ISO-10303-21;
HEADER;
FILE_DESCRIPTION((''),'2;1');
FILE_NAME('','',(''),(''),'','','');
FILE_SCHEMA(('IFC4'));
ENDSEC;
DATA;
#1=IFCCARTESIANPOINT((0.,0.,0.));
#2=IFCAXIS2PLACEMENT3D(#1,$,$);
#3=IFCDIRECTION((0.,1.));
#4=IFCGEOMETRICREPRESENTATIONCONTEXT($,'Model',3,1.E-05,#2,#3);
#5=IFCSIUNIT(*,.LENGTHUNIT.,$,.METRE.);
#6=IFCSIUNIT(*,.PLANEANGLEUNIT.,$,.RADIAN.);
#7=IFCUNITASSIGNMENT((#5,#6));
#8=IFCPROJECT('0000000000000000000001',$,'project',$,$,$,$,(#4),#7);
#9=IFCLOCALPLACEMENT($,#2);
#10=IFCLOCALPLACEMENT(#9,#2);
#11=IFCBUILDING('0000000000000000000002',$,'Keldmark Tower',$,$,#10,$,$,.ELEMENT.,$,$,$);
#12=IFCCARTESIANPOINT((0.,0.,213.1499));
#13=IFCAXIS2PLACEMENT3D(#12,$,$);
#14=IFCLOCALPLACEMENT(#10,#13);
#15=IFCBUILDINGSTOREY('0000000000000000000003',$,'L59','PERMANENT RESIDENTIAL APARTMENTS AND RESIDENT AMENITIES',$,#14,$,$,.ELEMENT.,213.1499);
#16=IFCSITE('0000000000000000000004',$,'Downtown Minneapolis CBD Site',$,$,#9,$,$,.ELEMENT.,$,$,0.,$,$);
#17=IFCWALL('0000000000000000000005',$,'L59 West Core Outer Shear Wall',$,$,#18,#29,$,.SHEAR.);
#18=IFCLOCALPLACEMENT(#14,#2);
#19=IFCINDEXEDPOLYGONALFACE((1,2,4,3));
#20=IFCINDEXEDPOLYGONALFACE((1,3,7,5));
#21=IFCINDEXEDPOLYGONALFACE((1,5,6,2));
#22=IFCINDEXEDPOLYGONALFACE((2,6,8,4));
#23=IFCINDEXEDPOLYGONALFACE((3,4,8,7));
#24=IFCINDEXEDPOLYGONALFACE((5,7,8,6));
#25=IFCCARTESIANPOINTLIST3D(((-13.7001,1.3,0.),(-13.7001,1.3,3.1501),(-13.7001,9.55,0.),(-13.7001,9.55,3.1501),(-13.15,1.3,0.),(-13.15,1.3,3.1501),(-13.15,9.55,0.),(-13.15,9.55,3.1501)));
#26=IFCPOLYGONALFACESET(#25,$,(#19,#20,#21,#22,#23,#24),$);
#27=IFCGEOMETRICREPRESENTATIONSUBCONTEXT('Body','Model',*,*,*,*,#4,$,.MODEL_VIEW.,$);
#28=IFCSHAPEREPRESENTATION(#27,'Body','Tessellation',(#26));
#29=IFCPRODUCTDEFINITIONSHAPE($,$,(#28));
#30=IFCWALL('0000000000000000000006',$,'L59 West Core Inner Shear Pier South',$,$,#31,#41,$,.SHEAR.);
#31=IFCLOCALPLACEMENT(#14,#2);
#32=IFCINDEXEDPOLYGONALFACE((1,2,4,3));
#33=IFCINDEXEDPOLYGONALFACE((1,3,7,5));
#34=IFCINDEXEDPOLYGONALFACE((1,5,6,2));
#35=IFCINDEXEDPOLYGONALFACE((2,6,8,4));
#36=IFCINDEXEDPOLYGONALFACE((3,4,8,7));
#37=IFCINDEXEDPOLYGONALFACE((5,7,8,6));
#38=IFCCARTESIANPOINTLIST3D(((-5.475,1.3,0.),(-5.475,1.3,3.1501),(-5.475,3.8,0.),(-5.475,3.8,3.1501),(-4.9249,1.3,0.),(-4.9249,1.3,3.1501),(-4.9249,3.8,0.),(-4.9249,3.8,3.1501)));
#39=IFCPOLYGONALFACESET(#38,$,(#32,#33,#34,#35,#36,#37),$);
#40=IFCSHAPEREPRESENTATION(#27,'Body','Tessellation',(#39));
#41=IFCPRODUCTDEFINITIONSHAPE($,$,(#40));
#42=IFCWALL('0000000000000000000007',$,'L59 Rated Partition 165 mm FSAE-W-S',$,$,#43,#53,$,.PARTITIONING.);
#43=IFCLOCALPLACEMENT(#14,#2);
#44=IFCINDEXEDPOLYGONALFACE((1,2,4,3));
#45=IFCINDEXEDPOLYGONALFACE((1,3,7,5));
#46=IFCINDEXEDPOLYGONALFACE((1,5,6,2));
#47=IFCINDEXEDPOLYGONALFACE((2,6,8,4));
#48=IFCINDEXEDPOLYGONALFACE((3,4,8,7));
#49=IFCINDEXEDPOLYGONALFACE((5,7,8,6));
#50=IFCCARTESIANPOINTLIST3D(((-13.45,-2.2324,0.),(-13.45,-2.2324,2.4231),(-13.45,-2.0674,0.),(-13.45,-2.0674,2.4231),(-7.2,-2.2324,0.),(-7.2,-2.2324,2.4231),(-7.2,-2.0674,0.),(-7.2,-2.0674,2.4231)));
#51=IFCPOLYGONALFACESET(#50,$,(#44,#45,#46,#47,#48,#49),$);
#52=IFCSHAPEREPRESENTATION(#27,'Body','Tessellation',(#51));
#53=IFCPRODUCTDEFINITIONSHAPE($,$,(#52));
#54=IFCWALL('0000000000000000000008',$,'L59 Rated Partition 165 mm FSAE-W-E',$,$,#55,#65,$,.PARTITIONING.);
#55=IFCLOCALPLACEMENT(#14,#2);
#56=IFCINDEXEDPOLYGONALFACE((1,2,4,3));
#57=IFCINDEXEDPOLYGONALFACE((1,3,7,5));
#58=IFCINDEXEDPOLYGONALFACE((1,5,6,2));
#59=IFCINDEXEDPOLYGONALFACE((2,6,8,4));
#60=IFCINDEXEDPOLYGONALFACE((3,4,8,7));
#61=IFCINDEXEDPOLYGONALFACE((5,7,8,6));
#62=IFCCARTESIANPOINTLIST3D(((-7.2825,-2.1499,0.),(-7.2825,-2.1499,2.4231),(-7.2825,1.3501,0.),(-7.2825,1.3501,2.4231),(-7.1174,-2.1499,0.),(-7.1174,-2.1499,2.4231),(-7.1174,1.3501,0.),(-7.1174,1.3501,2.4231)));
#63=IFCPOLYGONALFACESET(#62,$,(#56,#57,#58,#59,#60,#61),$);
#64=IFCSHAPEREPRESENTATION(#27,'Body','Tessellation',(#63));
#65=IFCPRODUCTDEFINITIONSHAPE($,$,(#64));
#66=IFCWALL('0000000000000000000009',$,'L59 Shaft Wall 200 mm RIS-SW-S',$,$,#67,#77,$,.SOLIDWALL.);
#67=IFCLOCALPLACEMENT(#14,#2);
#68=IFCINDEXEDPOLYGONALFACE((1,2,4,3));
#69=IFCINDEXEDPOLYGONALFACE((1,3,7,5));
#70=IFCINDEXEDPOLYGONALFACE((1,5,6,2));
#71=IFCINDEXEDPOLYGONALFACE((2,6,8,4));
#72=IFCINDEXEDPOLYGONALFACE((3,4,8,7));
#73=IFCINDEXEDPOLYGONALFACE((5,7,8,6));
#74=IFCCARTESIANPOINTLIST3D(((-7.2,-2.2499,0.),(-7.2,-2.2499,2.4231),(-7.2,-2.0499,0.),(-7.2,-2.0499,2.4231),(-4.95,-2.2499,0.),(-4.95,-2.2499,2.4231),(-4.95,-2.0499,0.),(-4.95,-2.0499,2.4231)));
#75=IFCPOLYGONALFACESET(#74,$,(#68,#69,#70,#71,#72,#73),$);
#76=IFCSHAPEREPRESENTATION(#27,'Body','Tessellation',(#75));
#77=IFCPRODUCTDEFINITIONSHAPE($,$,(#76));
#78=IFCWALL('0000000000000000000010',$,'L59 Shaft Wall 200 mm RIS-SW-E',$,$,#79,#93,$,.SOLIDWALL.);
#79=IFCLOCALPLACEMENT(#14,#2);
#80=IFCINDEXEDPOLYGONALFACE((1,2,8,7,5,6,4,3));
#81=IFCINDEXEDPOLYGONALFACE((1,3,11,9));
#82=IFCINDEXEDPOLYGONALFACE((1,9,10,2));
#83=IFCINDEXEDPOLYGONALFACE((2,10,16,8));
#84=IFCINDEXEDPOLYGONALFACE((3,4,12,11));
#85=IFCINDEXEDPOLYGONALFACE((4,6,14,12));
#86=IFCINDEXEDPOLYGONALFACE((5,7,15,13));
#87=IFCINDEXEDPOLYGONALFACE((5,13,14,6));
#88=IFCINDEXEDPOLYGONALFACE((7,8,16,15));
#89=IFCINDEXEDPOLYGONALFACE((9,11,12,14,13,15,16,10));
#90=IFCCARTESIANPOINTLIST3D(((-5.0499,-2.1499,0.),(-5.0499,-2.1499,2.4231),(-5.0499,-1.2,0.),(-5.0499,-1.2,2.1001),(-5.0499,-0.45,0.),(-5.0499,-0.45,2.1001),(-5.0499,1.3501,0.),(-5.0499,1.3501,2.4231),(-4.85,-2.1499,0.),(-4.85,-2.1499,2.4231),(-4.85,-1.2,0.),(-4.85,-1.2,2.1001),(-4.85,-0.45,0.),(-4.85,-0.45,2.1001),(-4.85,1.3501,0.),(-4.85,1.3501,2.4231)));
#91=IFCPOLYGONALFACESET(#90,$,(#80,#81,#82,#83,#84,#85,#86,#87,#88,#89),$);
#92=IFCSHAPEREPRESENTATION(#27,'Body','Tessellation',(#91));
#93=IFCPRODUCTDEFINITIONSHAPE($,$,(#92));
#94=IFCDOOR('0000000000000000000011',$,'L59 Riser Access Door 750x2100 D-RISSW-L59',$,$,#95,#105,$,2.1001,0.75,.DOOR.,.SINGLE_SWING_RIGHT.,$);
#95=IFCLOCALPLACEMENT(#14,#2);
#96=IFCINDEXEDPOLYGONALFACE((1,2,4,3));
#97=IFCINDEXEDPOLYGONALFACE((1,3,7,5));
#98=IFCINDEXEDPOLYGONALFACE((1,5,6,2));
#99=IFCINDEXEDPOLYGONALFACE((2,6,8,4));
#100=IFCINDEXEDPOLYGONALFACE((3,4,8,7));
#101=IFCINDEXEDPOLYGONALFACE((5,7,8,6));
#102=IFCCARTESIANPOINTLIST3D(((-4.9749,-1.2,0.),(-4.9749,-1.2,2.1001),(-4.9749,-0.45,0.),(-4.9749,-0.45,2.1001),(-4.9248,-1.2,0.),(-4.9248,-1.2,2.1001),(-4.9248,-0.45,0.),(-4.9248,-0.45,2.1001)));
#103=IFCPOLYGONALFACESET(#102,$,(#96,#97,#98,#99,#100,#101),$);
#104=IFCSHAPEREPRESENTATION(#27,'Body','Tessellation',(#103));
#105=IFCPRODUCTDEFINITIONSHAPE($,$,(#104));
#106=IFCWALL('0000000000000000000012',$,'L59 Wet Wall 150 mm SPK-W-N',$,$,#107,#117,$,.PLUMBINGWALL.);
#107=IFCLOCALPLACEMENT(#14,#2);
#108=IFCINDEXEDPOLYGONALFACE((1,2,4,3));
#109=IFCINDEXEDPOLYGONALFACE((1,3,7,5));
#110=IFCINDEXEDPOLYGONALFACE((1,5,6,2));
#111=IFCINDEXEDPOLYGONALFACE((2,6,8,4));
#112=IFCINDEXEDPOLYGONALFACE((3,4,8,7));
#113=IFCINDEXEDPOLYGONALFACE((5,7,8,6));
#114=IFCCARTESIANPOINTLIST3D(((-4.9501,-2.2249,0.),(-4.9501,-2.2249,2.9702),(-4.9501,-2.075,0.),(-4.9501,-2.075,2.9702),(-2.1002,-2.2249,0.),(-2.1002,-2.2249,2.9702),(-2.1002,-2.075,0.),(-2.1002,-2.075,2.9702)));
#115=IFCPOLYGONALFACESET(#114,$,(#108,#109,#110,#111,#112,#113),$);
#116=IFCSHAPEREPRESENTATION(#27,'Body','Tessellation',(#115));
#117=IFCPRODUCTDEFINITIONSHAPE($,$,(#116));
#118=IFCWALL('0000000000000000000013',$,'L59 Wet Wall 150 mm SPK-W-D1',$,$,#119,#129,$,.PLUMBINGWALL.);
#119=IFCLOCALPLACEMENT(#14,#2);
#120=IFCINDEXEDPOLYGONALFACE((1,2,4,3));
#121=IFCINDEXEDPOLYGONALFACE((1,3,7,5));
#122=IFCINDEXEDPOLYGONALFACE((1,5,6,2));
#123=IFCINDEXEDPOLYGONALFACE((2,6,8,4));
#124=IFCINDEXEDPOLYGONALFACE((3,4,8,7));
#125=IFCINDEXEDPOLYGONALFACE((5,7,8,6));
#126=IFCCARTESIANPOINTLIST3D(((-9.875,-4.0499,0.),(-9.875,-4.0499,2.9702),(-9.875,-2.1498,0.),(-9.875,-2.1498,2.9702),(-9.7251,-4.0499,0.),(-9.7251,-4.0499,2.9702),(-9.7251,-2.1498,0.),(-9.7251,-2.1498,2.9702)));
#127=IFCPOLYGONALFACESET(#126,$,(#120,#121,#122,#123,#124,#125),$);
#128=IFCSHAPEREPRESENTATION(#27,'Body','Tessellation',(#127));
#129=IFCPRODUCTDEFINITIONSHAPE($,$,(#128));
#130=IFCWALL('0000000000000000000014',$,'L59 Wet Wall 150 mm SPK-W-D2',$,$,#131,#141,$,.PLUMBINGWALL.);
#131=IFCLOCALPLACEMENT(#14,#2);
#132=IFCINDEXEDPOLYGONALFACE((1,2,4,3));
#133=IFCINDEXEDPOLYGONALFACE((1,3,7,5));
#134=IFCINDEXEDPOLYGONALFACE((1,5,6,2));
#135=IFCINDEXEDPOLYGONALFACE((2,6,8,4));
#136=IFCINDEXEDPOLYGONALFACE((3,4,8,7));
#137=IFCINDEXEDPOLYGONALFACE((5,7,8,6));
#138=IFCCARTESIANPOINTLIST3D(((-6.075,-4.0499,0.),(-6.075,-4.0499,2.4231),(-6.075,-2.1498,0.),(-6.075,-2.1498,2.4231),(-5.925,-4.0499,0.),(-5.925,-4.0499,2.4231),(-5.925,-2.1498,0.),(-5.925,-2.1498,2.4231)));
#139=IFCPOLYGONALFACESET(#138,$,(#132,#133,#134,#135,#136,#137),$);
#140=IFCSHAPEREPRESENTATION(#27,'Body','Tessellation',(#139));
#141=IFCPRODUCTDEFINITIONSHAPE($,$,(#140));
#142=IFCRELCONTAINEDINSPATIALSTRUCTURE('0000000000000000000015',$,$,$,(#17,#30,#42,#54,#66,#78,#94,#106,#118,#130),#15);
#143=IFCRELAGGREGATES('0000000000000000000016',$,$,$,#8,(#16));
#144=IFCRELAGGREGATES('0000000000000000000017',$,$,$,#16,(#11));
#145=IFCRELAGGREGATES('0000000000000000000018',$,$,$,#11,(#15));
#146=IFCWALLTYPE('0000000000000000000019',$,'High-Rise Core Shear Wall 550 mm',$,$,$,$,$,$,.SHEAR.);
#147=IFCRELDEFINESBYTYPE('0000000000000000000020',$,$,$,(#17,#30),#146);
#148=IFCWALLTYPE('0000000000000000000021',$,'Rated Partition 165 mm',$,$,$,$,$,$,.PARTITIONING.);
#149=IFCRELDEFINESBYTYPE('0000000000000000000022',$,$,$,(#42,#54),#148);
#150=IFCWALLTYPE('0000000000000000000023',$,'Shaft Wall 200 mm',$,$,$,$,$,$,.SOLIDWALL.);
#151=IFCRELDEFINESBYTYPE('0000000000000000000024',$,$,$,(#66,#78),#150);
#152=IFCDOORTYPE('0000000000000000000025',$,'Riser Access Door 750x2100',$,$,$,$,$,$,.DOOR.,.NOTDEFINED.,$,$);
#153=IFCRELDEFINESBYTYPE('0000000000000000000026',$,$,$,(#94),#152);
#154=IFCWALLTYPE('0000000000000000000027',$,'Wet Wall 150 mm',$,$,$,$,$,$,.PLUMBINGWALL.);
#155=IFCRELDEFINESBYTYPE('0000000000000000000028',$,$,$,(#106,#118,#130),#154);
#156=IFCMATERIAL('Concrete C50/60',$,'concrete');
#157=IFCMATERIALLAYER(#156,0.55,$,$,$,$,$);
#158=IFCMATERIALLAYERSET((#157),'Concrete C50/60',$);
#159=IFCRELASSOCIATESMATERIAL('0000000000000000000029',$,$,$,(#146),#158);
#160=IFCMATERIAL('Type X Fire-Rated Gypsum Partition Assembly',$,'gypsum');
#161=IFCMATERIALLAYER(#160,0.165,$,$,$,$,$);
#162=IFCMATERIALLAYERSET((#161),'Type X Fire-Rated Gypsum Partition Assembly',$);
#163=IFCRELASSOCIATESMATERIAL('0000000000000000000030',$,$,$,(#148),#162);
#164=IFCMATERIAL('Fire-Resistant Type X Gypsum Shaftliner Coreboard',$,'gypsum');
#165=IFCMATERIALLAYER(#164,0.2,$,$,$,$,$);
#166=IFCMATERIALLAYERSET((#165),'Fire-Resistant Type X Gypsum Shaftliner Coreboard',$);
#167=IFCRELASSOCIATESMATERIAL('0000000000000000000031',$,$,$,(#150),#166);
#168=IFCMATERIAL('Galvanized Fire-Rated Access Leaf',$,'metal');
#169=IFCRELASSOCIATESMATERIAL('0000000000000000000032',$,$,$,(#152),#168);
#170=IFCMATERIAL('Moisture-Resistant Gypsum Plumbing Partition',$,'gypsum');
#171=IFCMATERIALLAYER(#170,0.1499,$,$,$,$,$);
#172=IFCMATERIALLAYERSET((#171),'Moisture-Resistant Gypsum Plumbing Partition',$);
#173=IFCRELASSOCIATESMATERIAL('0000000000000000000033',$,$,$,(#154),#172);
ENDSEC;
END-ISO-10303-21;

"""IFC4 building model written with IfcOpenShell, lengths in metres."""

from ifc_helpers import new_model, si_unit, direction, frame, frame_2d, origin, place, context, subcontext, project, spatial, rectangle, extrude, material, layer, layer_set, type_object, element, fill, save


model = new_model("IFC4")

# Units and contexts
model_context = context("Model", 3, precision=1e-05, world=origin(), true_north=direction((0.0, 1.0)))
body_context = subcontext(model_context, "Body", "Model", "MODEL_VIEW")
ifc_project = project(units=[si_unit("LENGTHUNIT", "METRE"), si_unit("PLANEANGLEUNIT", "RADIAN")], contexts=[model_context])

# Site, building, storey
site_placement = place(None, origin())
site = spatial("IfcSite", under=ifc_project, at=site_placement, Name="Downtown Minneapolis CBD Site", CompositionType="ELEMENT", RefElevation=0.0)
building_placement = place(site_placement, origin())
building = spatial("IfcBuilding", under=site, at=building_placement, Name="Keldmark Tower", CompositionType="ELEMENT")
storey_placement = place(building_placement, frame((0.0, 0.0, 213.1499)))
storey = spatial("IfcBuildingStorey", under=building, at=storey_placement, Name="L59", Description="PERMANENT RESIDENTIAL APARTMENTS AND RESIDENT AMENITIES", CompositionType="ELEMENT", Elevation=213.1499)

# Walls
ifc_material_1 = material(Name="Concrete C50/60", Category="concrete")
ifc_layer_1 = layer(ifc_material_1, 0.55)
ifc_layer_set_1 = layer_set([ifc_layer_1], Name="Concrete C50/60")
wall_type_1 = type_object("IfcWallType", Name="High-Rise Core Shear Wall 550 mm", PredefinedType="SHEAR", material=ifc_layer_set_1)
wall_1_placement = place(storey_placement, frame((-13.425, 1.3, 0.0), z_axis=(0.0, 0.0, 1.0), x_axis=(0.0, 1.0, 0.0)))
element("IfcWall", 1, at=wall_1_placement, inside=storey, type_object=wall_type_1, Name="L59 West Core Outer Shear Wall", PredefinedType="SHEAR", context=body_context, shape_type="SweptSolid", body=[
    extrude(rectangle(XDim=8.25, YDim=0.55, at=frame_2d((4.125, 0.0))), origin(), (0.0, 0.0, 1.0), 3.1501),
])
wall_2_placement = place(storey_placement, frame((-5.2, 1.3, 0.0), z_axis=(0.0, 0.0, 1.0), x_axis=(0.0, 1.0, 0.0)))
element("IfcWall", 2, at=wall_2_placement, inside=storey, type_object=wall_type_1, Name="L59 West Core Inner Shear Pier South", PredefinedType="SHEAR", context=body_context, shape_type="SweptSolid", body=[
    extrude(rectangle(XDim=2.5, YDim=0.55, at=frame_2d((1.25, 0.0))), origin(), (0.0, 0.0, 1.0), 3.1501),
])
ifc_material_2 = material(Name="Type X Fire-Rated Gypsum Partition Assembly", Category="gypsum")
ifc_layer_2 = layer(ifc_material_2, 0.165)
ifc_layer_set_2 = layer_set([ifc_layer_2], Name="Type X Fire-Rated Gypsum Partition Assembly")
wall_type_2 = type_object("IfcWallType", Name="Rated Partition 165 mm", PredefinedType="PARTITIONING", material=ifc_layer_set_2)
wall_3_placement = place(storey_placement, frame((-13.45, -2.1499, 0.0), z_axis=(0.0, 0.0, 1.0), x_axis=(1.0, 0.0, 0.0)))
element("IfcWall", 3, at=wall_3_placement, inside=storey, type_object=wall_type_2, Name="L59 Rated Partition 165 mm FSAE-W-S", PredefinedType="PARTITIONING", context=body_context, shape_type="SweptSolid", body=[
    extrude(rectangle(XDim=6.25, YDim=0.165, at=frame_2d((3.125, 0.0))), origin(), (0.0, 0.0, 1.0), 2.4231),
])

# Walls
wall_4_placement = place(storey_placement, frame((-7.2, -2.1499, 0.0), z_axis=(0.0, 0.0, 1.0), x_axis=(0.0, 1.0, 0.0)))
element("IfcWall", 4, at=wall_4_placement, inside=storey, type_object=wall_type_2, Name="L59 Rated Partition 165 mm FSAE-W-E", PredefinedType="PARTITIONING", context=body_context, shape_type="SweptSolid", body=[
    extrude(rectangle(XDim=3.5, YDim=0.165, at=frame_2d((1.75, 0.0))), origin(), (0.0, 0.0, 1.0), 2.4231),
])
ifc_material_3 = material(Name="Fire-Resistant Type X Gypsum Shaftliner Coreboard", Category="gypsum")
ifc_layer_3 = layer(ifc_material_3, 0.2)
ifc_layer_set_3 = layer_set([ifc_layer_3], Name="Fire-Resistant Type X Gypsum Shaftliner Coreboard")
wall_type_3 = type_object("IfcWallType", Name="Shaft Wall 200 mm", PredefinedType="SOLIDWALL", material=ifc_layer_set_3)
wall_5_placement = place(storey_placement, frame((-7.2, -2.1499, 0.0), z_axis=(0.0, 0.0, 1.0), x_axis=(1.0, 0.0, 0.0)))
element("IfcWall", 5, at=wall_5_placement, inside=storey, type_object=wall_type_3, Name="L59 Shaft Wall 200 mm RIS-SW-S", PredefinedType="SOLIDWALL", context=body_context, shape_type="SweptSolid", body=[
    extrude(rectangle(XDim=2.25, YDim=0.2, at=frame_2d((1.125, 0.0))), origin(), (0.0, 0.0, 1.0), 2.4231),
])

# Wall, opening, door
wall_6_placement = place(storey_placement, frame((-4.95, -2.1499, 0.0), z_axis=(0.0, 0.0, 1.0), x_axis=(0.0, 1.0, 0.0)))
wall_6 = element("IfcWall", 6, at=wall_6_placement, inside=storey, type_object=wall_type_3, Name="L59 Shaft Wall 200 mm RIS-SW-E", PredefinedType="SOLIDWALL", context=body_context, shape_type="SweptSolid", body=[
    extrude(rectangle(XDim=3.5, YDim=0.2, at=frame_2d((1.75, 0.0))), origin(), (0.0, 0.0, 1.0), 2.4231),
])
opening_1_placement = place(wall_6_placement, frame((0.95, 0.0, 0.0)))
opening_1 = element("IfcOpeningElement", 7, at=opening_1_placement, cuts=wall_6, PredefinedType="OPENING", context=body_context, shape_type="SweptSolid", body=[
    extrude(rectangle(XDim=0.75, YDim=2.1001, at=frame_2d((0.375, 1.05))), frame((0.0, 0.1099, 0.0), z_axis=(0.0, -1.0, 0.0), x_axis=(1.0, 0.0, 0.0)), (0.0, 0.0, 1.0), 0.22),
])
ifc_material_4 = material(Name="Galvanized Fire-Rated Access Leaf", Category="metal")
door_type_1 = type_object("IfcDoorType", Name="Riser Access Door 750x2100", OperationType="NOTDEFINED", PredefinedType="DOOR", material=ifc_material_4)
door_1_placement = place(opening_1_placement, origin())
door_1 = element("IfcDoor", 8, at=door_1_placement, inside=storey, type_object=door_type_1, Name="L59 Riser Access Door 750x2100 D-RISSW-L59", OperationType="SINGLE_SWING_RIGHT", OverallHeight=2.1001, OverallWidth=0.75, PredefinedType="DOOR", context=body_context, shape_type="SweptSolid", body=[
    extrude(rectangle(XDim=0.75, YDim=2.1001, at=frame_2d((0.375, 1.05))), frame((0.0, 0.0249, 0.0), z_axis=(0.0, -1.0, 0.0), x_axis=(1.0, 0.0, 0.0)), (0.0, 0.0, 1.0), 0.05),
])
fill(opening_1, door_1)

# Walls
ifc_material_5 = material(Name="Moisture-Resistant Gypsum Plumbing Partition", Category="gypsum")
ifc_layer_4 = layer(ifc_material_5, 0.1499)
ifc_layer_set_4 = layer_set([ifc_layer_4], Name="Moisture-Resistant Gypsum Plumbing Partition")
wall_type_4 = type_object("IfcWallType", Name="Wet Wall 150 mm", PredefinedType="PLUMBINGWALL", material=ifc_layer_set_4)
wall_7_placement = place(storey_placement, frame((-4.95, -2.1499, 0.0), z_axis=(0.0, 0.0, 1.0), x_axis=(1.0, 0.0, 0.0)))
element("IfcWall", 9, at=wall_7_placement, inside=storey, type_object=wall_type_4, Name="L59 Wet Wall 150 mm SPK-W-N", PredefinedType="PLUMBINGWALL", context=body_context, shape_type="SweptSolid", body=[
    extrude(rectangle(XDim=2.8499, YDim=0.1499, at=frame_2d((1.4248, 0.0))), origin(), (0.0, 0.0, 1.0), 2.9702),
])
wall_8_placement = place(storey_placement, frame((-9.8, -4.05, 0.0), z_axis=(0.0, 0.0, 1.0), x_axis=(0.0, 1.0, 0.0)))
element("IfcWall", 10, at=wall_8_placement, inside=storey, type_object=wall_type_4, Name="L59 Wet Wall 150 mm SPK-W-D1", PredefinedType="PLUMBINGWALL", context=body_context, shape_type="SweptSolid", body=[
    extrude(rectangle(XDim=1.9001, YDim=0.1499, at=frame_2d((0.9502, 0.0))), origin(), (0.0, 0.0, 1.0), 2.9702),
])
wall_9_placement = place(storey_placement, frame((-6.0, -4.05, 0.0), z_axis=(0.0, 0.0, 1.0), x_axis=(0.0, 1.0, 0.0)))
element("IfcWall", 11, at=wall_9_placement, inside=storey, type_object=wall_type_4, Name="L59 Wet Wall 150 mm SPK-W-D2", PredefinedType="PLUMBINGWALL", context=body_context, shape_type="SweptSolid", body=[
    extrude(rectangle(XDim=1.9001, YDim=0.1499, at=frame_2d((0.9502, 0.0))), origin(), (0.0, 0.0, 1.0), 2.4231),
])

save(model, "model.ifc")
